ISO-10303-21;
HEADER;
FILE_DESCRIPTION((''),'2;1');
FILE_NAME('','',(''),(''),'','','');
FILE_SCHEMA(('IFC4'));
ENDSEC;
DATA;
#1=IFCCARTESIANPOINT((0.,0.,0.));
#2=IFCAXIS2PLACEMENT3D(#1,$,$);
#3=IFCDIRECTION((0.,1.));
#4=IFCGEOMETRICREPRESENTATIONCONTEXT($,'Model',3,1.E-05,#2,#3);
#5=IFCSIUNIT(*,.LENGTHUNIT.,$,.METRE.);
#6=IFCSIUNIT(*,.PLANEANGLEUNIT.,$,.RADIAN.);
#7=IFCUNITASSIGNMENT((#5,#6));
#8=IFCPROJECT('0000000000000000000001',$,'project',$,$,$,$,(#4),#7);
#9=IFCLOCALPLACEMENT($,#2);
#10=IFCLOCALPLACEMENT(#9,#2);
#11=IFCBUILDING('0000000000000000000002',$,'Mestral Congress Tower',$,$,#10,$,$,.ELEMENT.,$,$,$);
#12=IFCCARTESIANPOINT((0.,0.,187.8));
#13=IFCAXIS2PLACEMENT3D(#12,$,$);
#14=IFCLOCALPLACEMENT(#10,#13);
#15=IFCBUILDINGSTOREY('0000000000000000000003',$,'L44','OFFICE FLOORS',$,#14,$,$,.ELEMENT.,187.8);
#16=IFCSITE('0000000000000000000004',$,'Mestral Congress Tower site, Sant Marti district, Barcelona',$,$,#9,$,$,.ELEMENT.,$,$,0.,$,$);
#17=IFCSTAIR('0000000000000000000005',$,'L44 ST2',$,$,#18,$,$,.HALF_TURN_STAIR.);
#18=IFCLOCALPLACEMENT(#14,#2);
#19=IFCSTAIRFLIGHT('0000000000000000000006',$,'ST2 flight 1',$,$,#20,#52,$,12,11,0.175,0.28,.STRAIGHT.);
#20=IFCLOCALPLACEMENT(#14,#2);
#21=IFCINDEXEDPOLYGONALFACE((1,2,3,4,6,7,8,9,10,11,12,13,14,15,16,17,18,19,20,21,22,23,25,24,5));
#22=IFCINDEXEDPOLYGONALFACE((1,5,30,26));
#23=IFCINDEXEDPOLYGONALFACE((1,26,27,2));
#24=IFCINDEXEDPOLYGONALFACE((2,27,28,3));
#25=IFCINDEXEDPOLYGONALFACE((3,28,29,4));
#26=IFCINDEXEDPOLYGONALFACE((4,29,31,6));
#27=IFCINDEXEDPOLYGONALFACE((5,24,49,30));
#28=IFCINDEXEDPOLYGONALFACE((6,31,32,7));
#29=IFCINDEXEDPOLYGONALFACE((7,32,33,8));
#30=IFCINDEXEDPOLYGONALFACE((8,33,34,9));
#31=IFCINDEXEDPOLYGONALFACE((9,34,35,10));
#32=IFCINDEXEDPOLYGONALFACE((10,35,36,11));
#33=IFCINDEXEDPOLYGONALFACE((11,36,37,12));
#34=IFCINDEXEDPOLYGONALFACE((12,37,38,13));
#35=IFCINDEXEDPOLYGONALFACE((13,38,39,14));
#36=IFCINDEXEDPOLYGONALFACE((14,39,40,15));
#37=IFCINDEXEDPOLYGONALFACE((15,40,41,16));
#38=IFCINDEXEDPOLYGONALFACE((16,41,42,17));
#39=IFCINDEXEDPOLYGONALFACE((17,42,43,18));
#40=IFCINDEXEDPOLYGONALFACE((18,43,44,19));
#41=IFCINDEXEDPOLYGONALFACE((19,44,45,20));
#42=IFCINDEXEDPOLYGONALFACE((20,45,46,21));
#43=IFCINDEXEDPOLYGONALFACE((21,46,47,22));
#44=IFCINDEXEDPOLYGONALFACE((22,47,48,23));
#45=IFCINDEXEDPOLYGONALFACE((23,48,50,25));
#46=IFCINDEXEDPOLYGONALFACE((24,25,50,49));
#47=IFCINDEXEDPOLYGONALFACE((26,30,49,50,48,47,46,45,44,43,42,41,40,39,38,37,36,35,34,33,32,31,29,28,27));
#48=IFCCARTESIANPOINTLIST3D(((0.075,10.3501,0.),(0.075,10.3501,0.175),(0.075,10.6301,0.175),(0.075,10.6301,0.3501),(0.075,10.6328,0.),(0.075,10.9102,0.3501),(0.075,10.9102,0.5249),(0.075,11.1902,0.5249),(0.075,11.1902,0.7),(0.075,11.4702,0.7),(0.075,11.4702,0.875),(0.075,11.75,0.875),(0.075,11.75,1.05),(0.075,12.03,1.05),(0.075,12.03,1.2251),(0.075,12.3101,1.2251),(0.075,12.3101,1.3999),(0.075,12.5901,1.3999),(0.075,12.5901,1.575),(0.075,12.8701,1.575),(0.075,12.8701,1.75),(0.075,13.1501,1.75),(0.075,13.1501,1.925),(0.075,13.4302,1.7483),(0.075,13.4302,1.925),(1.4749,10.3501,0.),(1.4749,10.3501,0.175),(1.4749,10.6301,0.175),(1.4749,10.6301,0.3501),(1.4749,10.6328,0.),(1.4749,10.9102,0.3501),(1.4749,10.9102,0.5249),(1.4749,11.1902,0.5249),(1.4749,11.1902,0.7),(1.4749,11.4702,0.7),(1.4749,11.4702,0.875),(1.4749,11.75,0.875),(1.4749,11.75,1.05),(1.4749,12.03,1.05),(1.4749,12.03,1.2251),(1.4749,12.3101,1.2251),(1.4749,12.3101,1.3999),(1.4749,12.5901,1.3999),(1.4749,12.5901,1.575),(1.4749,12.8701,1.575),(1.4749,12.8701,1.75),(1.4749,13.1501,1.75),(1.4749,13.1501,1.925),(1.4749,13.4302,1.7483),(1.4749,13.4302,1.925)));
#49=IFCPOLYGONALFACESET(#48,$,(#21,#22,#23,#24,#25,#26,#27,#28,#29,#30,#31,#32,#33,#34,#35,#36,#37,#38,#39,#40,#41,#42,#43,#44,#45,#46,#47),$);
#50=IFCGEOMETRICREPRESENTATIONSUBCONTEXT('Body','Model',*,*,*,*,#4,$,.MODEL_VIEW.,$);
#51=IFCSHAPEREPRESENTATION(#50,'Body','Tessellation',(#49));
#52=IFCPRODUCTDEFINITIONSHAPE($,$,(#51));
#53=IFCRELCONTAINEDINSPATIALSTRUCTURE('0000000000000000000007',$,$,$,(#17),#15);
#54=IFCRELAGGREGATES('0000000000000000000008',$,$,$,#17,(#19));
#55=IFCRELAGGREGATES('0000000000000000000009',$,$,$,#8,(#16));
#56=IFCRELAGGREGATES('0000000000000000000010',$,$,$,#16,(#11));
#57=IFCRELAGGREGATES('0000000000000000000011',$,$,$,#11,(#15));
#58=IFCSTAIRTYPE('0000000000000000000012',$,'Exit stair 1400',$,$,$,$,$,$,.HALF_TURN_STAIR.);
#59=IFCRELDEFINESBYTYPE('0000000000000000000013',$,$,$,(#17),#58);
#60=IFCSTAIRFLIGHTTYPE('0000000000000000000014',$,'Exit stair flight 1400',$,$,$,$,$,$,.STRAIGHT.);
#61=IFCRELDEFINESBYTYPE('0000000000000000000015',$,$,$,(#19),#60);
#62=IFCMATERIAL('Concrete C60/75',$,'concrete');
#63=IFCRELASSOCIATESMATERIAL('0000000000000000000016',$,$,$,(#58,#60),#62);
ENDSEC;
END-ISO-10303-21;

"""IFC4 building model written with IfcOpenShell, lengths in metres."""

from ifc_helpers import new_model, si_unit, direction, frame, origin, place, context, subcontext, project, spatial, polyline, outline, extrude, material, type_object, element, aggregate, save


model = new_model("IFC4")

# Units and contexts
model_context = context("Model", 3, precision=1e-05, world=origin(), true_north=direction((0.0, 1.0)))
body_context = subcontext(model_context, "Body", "Model", "MODEL_VIEW")
ifc_project = project(units=[si_unit("LENGTHUNIT", "METRE"), si_unit("PLANEANGLEUNIT", "RADIAN")], contexts=[model_context])

# Site, building, storey
site_placement = place(None, origin())
site = spatial("IfcSite", under=ifc_project, at=site_placement, Name="Mestral Congress Tower site, Sant Marti district, Barcelona", CompositionType="ELEMENT", RefElevation=0.0)
building_placement = place(site_placement, origin())
building = spatial("IfcBuilding", under=site, at=building_placement, Name="Mestral Congress Tower", CompositionType="ELEMENT")
storey_placement = place(building_placement, frame((0.0, 0.0, 187.8)))
storey = spatial("IfcBuildingStorey", under=building, at=storey_placement, Name="L44", Description="OFFICE FLOORS", CompositionType="ELEMENT", Elevation=187.8)

# Shared definitions
ifc_material_1 = material(Name="Concrete C60/75", Category="concrete")

# Stair, stair flight
stair_type = type_object("IfcStairType", Name="Exit stair 1400", PredefinedType="HALF_TURN_STAIR", material=ifc_material_1)
stair_placement = place(storey_placement, origin())
stair = element("IfcStair", 1, at=stair_placement, inside=storey, type_object=stair_type, Name="L44 ST2", PredefinedType="HALF_TURN_STAIR")
stair_flight_type = type_object("IfcStairFlightType", Name="Exit stair flight 1400", PredefinedType="STRAIGHT", material=ifc_material_1)
stair_flight_placement = place(storey_placement, frame((0.7749, 10.3501, 0.0), z_axis=(0.0, 0.0, 1.0), x_axis=(0.0, 1.0, 0.0)))
stair_flight = element("IfcStairFlight", 2, at=stair_flight_placement, type_object=stair_flight_type, Name="ST2 flight 1", NumberOfRisers=12, NumberOfTreads=11, PredefinedType="STRAIGHT", RiserHeight=0.175, TreadLength=0.28, context=body_context, shape_type="SweptSolid", body=[
    extrude(outline(polyline([(0.0, 0.0), (0.0, 0.175), (0.28, 0.175), (0.28, 0.3501), (0.5601, 0.3501), (0.5601, 0.5249), (0.8401, 0.5249), (0.8401, 0.7), (1.1201, 0.7), (1.1201, 0.875), (1.3999, 0.875), (1.3999, 1.05), (1.6799, 1.05), (1.6799, 1.2251), (1.96, 1.2251), (1.96, 1.3999), (2.24, 1.3999), (2.24, 1.575), (2.52, 1.575), (2.52, 1.75), (2.8, 1.75), (2.8, 1.925), (3.0801, 1.925), (3.0801, 2.1001), (3.0801, 1.7483), (0.2827, 0.0), (0.0, 0.0)])), frame((0.0, 0.7, 0.0), z_axis=(0.0, -1.0, 0.0), x_axis=(1.0, 0.0, 0.0)), (0.0, 0.0, 1.0), 1.3999),
])
aggregate(stair, [stair_flight])

save(model, "model.ifc")
